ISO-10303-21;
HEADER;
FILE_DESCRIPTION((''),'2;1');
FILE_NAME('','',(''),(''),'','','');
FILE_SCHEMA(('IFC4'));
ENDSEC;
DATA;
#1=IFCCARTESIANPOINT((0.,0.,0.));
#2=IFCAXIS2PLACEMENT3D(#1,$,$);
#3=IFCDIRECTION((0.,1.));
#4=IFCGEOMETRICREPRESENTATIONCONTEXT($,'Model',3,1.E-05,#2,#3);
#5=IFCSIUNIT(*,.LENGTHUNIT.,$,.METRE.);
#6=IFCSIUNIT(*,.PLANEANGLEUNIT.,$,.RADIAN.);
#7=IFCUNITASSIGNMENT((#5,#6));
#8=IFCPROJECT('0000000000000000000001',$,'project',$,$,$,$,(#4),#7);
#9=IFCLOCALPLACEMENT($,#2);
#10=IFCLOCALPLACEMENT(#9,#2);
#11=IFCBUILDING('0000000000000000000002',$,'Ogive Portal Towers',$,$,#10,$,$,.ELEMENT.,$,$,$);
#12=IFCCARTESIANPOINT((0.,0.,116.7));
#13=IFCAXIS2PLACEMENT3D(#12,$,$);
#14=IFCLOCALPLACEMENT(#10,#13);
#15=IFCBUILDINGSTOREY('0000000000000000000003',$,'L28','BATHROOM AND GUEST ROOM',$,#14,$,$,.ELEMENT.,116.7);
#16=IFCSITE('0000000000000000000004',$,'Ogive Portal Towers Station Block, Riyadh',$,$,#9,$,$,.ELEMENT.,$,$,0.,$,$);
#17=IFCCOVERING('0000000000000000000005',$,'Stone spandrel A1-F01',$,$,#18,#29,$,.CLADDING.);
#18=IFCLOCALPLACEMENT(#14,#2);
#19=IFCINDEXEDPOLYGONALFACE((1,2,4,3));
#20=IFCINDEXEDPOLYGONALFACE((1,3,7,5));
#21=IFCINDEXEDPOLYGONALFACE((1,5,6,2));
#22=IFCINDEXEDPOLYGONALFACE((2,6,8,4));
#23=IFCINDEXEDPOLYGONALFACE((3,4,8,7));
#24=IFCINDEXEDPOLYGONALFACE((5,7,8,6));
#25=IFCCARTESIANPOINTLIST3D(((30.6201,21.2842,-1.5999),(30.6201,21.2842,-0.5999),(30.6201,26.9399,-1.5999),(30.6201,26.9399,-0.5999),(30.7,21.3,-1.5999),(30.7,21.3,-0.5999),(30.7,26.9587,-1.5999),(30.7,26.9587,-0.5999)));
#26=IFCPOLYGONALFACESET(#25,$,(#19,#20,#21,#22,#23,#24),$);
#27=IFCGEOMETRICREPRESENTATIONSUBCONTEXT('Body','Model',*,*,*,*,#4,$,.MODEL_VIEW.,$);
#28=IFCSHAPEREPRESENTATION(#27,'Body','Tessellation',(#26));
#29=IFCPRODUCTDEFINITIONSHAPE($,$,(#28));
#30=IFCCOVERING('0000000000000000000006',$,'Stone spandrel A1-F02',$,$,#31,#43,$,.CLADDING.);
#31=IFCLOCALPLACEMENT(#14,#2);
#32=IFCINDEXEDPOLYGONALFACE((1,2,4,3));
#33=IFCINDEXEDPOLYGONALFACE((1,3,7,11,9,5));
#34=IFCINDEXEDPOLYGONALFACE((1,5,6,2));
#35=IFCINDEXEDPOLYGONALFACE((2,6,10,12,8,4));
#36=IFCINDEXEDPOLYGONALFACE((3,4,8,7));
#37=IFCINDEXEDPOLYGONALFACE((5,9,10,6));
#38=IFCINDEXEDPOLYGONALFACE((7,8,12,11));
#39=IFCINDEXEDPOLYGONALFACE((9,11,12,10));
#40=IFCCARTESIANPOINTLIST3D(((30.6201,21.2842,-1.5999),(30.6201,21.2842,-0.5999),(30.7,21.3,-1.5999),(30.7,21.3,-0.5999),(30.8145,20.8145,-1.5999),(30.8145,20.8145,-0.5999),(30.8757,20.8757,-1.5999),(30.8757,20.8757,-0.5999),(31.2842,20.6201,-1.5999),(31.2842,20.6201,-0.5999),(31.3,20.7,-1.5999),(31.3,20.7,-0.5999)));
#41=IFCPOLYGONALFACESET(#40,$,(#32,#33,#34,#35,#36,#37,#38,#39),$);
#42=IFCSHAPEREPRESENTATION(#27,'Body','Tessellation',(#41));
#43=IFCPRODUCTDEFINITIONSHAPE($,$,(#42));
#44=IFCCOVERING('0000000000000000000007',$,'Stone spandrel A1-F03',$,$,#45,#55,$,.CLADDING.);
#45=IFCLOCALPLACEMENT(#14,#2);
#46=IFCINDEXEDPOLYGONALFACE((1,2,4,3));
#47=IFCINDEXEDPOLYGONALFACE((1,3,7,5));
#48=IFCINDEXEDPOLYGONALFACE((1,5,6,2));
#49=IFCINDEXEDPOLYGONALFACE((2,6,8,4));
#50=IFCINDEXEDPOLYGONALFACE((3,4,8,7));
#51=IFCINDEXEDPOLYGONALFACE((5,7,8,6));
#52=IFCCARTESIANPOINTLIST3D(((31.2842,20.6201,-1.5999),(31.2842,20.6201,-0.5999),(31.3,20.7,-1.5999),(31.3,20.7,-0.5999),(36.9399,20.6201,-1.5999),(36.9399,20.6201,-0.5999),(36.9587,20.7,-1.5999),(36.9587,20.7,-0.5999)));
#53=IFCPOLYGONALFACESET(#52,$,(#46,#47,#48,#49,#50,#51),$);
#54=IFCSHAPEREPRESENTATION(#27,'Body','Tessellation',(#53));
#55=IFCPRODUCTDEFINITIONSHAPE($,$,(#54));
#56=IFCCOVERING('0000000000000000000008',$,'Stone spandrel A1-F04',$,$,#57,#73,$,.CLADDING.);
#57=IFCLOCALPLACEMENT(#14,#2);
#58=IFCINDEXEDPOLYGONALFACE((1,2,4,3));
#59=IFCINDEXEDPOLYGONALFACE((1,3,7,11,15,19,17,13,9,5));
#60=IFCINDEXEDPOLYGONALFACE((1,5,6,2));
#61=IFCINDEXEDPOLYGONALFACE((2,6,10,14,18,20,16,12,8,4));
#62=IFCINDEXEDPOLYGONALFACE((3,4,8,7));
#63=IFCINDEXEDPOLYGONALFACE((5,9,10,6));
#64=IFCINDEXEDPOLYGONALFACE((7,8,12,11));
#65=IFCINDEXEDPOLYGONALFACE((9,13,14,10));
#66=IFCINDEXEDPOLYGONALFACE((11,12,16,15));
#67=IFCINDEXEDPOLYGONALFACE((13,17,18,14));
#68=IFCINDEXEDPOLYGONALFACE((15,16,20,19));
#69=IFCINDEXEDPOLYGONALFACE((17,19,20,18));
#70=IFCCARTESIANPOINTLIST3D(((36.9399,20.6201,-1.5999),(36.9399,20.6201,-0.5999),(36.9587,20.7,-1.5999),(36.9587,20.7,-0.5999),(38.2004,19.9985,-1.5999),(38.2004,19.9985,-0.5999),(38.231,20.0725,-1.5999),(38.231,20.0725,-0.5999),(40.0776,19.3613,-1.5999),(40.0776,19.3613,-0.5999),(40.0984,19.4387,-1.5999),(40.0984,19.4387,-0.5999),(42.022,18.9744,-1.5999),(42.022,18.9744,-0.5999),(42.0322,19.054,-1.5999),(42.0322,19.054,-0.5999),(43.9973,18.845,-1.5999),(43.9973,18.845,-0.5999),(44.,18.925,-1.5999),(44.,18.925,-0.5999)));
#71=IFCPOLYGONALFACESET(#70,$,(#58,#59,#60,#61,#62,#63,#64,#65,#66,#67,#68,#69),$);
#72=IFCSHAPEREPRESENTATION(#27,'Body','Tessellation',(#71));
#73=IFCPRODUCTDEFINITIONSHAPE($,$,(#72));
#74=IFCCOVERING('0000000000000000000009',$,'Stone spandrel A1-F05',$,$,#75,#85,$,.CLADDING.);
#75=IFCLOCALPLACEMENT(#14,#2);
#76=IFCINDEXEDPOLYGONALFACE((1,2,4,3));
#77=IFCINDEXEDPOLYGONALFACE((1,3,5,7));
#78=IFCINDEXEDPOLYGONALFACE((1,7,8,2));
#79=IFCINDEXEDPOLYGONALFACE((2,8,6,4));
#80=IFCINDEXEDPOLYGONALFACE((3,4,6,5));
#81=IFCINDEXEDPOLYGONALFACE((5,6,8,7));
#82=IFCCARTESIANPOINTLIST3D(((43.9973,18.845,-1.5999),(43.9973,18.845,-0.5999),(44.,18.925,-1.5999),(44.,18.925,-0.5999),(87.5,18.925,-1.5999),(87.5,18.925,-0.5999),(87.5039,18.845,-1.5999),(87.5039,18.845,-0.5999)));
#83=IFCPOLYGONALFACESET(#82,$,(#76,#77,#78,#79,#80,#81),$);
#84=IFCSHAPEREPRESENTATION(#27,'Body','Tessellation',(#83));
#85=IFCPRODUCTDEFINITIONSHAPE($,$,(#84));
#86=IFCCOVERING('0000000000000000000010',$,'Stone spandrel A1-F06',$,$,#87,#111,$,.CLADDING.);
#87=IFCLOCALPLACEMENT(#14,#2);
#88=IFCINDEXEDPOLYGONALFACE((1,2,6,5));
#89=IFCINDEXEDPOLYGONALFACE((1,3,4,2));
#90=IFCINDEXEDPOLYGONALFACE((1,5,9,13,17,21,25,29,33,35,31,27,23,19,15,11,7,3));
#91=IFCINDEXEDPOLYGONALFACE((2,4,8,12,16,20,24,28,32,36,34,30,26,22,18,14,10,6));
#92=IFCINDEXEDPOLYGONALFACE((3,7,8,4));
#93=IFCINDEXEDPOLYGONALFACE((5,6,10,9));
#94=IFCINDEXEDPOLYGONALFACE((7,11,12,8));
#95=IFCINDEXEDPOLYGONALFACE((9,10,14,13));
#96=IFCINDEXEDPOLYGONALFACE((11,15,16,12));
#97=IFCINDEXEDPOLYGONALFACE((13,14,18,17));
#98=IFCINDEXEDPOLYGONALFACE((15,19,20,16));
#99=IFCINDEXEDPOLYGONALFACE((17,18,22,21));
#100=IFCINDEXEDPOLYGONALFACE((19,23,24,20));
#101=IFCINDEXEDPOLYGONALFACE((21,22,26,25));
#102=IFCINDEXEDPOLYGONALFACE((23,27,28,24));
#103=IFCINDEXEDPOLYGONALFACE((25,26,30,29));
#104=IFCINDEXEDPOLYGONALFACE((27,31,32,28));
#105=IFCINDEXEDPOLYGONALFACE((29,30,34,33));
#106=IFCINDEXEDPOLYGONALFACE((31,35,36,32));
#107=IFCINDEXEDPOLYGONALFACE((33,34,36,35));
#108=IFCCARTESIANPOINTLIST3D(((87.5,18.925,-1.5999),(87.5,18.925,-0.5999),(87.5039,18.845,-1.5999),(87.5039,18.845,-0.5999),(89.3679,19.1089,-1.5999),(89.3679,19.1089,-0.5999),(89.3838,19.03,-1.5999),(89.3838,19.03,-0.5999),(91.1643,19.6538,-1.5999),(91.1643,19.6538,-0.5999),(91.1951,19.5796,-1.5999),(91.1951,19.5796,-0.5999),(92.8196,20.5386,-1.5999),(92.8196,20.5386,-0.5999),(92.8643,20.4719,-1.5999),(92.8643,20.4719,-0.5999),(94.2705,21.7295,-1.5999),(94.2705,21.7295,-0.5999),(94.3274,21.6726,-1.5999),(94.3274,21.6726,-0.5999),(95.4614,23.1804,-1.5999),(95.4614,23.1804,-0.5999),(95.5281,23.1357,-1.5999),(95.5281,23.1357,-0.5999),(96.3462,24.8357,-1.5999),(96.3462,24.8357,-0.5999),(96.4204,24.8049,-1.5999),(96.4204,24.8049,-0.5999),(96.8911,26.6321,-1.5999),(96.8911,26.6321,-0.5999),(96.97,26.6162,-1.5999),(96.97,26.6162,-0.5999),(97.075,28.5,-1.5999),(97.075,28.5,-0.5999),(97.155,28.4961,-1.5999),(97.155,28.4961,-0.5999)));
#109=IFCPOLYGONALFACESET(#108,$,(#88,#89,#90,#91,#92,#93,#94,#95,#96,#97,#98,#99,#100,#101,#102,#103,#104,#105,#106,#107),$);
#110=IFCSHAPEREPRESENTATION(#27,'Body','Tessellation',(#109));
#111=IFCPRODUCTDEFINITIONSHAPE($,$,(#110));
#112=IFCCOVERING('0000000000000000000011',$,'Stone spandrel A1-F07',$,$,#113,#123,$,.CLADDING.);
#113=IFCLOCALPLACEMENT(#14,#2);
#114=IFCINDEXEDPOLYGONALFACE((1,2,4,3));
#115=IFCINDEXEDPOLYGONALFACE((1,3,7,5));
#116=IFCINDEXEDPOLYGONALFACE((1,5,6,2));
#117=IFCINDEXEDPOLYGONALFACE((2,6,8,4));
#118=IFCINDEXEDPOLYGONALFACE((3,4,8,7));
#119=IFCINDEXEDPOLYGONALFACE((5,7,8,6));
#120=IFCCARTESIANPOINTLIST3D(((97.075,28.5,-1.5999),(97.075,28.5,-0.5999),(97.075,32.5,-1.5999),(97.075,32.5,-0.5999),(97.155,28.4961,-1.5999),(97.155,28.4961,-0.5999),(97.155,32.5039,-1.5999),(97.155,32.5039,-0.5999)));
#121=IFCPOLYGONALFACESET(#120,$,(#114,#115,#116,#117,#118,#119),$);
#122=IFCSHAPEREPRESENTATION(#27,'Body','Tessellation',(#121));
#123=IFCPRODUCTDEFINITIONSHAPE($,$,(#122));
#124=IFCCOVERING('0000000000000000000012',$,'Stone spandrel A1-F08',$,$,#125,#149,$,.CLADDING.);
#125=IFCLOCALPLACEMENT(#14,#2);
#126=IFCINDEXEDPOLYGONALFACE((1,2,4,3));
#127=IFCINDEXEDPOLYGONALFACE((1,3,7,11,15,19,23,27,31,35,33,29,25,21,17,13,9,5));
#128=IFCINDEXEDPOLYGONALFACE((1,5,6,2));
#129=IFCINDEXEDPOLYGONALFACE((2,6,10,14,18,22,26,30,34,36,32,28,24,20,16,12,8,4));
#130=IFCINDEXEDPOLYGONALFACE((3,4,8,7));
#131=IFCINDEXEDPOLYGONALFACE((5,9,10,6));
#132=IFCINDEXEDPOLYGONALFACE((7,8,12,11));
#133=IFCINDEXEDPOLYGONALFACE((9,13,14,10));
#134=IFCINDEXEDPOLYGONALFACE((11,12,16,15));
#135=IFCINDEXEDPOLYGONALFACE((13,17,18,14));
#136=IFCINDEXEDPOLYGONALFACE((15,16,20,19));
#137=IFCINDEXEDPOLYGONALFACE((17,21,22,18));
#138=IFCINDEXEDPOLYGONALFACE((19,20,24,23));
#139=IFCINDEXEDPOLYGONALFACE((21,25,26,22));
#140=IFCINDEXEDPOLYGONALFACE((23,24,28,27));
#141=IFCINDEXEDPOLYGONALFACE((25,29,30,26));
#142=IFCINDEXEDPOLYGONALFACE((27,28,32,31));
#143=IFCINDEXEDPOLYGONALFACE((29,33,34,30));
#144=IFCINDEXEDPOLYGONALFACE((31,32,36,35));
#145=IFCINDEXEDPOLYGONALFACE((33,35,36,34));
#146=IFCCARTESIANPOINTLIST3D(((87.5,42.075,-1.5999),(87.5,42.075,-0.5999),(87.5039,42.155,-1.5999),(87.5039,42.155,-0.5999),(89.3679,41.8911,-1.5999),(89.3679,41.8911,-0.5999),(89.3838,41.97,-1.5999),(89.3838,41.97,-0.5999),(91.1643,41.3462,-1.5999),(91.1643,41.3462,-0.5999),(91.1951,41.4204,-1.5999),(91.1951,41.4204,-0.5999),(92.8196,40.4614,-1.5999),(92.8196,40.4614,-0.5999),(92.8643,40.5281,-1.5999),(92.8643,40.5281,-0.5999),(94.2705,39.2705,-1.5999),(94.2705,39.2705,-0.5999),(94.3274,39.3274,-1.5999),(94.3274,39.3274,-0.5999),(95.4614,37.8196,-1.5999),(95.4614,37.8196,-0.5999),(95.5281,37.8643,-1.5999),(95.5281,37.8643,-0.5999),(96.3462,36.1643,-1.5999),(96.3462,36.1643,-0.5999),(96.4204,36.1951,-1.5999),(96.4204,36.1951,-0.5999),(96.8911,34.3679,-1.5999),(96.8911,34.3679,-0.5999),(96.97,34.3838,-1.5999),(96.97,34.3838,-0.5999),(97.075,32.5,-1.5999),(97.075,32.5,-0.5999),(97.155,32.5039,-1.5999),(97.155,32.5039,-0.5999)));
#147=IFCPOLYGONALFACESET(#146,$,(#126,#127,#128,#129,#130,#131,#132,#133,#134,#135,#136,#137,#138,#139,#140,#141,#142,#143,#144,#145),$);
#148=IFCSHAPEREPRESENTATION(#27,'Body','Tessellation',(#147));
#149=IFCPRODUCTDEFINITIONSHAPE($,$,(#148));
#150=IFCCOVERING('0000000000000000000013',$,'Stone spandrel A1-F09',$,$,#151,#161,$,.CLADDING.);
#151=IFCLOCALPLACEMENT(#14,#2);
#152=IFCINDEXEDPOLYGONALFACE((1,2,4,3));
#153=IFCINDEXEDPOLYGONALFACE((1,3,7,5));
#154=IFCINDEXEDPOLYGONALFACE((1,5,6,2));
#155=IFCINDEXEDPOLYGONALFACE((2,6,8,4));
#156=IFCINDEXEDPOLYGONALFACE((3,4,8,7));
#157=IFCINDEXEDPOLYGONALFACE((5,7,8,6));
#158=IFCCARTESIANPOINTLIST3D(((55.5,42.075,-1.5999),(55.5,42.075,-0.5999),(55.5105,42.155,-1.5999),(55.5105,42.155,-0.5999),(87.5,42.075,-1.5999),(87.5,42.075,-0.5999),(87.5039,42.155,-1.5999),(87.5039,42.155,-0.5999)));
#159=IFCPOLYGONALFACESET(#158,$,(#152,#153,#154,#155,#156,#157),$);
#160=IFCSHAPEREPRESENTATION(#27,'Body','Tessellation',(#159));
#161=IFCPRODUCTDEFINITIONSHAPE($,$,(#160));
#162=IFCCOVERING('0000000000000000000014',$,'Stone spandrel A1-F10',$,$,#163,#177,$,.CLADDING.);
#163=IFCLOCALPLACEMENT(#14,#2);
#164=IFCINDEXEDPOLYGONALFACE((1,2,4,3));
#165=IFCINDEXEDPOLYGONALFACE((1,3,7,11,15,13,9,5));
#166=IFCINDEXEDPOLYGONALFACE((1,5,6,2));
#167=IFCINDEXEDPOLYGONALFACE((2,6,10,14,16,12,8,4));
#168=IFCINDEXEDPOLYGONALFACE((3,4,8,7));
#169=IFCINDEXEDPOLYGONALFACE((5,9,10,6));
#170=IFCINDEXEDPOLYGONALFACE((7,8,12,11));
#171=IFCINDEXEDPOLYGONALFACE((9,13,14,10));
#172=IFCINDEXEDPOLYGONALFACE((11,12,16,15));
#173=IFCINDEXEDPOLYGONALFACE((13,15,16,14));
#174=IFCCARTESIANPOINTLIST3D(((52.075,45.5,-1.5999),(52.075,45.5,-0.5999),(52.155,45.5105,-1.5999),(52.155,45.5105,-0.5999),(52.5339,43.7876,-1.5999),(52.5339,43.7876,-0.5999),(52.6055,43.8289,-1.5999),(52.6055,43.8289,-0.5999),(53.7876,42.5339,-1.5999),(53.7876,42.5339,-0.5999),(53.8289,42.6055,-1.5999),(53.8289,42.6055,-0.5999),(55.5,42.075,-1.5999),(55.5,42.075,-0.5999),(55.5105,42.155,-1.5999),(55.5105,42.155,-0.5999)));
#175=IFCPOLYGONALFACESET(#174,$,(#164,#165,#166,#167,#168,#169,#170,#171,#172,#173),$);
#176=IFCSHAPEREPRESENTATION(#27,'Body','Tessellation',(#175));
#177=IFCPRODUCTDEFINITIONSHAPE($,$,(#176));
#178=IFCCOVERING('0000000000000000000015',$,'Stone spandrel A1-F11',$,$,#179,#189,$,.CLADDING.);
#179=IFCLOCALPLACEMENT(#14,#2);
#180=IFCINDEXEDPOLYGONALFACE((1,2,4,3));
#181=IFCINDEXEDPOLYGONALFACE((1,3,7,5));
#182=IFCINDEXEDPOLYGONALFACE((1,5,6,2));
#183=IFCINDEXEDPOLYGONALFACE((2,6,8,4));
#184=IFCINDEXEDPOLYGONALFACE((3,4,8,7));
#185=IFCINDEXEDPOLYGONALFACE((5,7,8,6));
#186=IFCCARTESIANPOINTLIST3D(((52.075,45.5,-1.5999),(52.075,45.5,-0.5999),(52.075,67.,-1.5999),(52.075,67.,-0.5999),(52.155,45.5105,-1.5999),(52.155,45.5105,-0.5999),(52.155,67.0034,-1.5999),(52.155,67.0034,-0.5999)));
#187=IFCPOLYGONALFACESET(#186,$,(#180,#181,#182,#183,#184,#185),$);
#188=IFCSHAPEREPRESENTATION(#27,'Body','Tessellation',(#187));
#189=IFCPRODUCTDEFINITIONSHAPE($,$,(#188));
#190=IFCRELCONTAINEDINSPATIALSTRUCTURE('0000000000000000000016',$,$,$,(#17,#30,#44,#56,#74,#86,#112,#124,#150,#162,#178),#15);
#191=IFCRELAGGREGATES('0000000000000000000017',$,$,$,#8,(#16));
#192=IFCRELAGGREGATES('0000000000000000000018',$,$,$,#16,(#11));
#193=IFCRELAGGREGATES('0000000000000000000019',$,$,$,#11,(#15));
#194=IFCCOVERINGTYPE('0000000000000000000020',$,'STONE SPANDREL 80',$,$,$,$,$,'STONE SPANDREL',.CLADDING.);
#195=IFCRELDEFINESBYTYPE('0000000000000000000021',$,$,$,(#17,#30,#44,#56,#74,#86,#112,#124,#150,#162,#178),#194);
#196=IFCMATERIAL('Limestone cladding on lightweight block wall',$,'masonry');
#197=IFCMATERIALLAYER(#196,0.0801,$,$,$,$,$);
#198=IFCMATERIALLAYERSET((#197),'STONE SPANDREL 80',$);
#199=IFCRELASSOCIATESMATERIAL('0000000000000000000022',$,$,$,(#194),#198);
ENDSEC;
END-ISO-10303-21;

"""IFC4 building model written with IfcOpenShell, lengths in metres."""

from ifc_helpers import new_model, si_unit, direction, frame, origin, place, context, subcontext, project, spatial, polyline, outline, extrude, material, layer, layer_set, type_object, element, save


model = new_model("IFC4")

# Units and contexts
model_context = context("Model", 3, precision=1e-05, world=origin(), true_north=direction((0.0, 1.0)))
body_context = subcontext(model_context, "Body", "Model", "MODEL_VIEW")
ifc_project = project(units=[si_unit("LENGTHUNIT", "METRE"), si_unit("PLANEANGLEUNIT", "RADIAN")], contexts=[model_context])

# Site, building, storey
site_placement = place(None, origin())
site = spatial("IfcSite", under=ifc_project, at=site_placement, Name="Ogive Portal Towers Station Block, Riyadh", CompositionType="ELEMENT", RefElevation=0.0)
building_placement = place(site_placement, origin())
building = spatial("IfcBuilding", under=site, at=building_placement, Name="Ogive Portal Towers", CompositionType="ELEMENT")
storey_placement = place(building_placement, frame((0.0, 0.0, 116.7)))
storey = spatial("IfcBuildingStorey", under=building, at=storey_placement, Name="L28", Description="BATHROOM AND GUEST ROOM", CompositionType="ELEMENT", Elevation=116.7)

# Shared definitions
ifc_material_1 = material(Name="Limestone cladding on lightweight block wall", Category="masonry")

# Coverings
ifc_layer_1 = layer(ifc_material_1, 0.0801)
ifc_layer_set_1 = layer_set([ifc_layer_1], Name="STONE SPANDREL 80")
covering_type_1 = type_object("IfcCoveringType", Name="STONE SPANDREL 80", ElementType="STONE SPANDREL", PredefinedType="CLADDING", material=ifc_layer_set_1)
covering_1_placement = place(storey_placement, frame((0.0, 0.0, -1.5999)))
element("IfcCovering", 1, at=covering_1_placement, inside=storey, type_object=covering_type_1, Name="Stone spandrel A1-F01", PredefinedType="CLADDING", context=body_context, shape_type="SweptSolid", body=[
    extrude(outline(polyline([(30.7, 26.9587), (30.7, 21.3), (30.6201, 21.2842), (30.6201, 26.9399), (30.7, 26.9587)])), origin(), (0.0, 0.0, 1.0), 1.0),
])
covering_2_placement = place(storey_placement, frame((0.0, 0.0, -1.5999)))
element("IfcCovering", 2, at=covering_2_placement, inside=storey, type_object=covering_type_1, Name="Stone spandrel A1-F02", PredefinedType="CLADDING", context=body_context, shape_type="SweptSolid", body=[
    extrude(outline(polyline([(30.7, 21.3), (30.8757, 20.8757), (31.3, 20.7), (31.2842, 20.6201), (30.8145, 20.8145), (30.6201, 21.2842), (30.7, 21.3)])), origin(), (0.0, 0.0, 1.0), 1.0),
])
covering_3_placement = place(storey_placement, frame((0.0, 0.0, -1.5999)))
element("IfcCovering", 3, at=covering_3_placement, inside=storey, type_object=covering_type_1, Name="Stone spandrel A1-F03", PredefinedType="CLADDING", context=body_context, shape_type="SweptSolid", body=[
    extrude(outline(polyline([(31.3, 20.7), (36.9587, 20.7), (36.9399, 20.6201), (31.2842, 20.6201), (31.3, 20.7)])), origin(), (0.0, 0.0, 1.0), 1.0),
])
covering_4_placement = place(storey_placement, frame((0.0, 0.0, -1.5999)))
element("IfcCovering", 4, at=covering_4_placement, inside=storey, type_object=covering_type_1, Name="Stone spandrel A1-F04", PredefinedType="CLADDING", context=body_context, shape_type="SweptSolid", body=[
    extrude(outline(polyline([(36.9587, 20.7), (38.231, 20.0725), (40.0984, 19.4387), (42.0322, 19.054), (44.0, 18.925), (43.9973, 18.845), (42.022, 18.9744), (40.0776, 19.3613), (38.2004, 19.9985), (36.9399, 20.6201), (36.9587, 20.7)])), origin(), (0.0, 0.0, 1.0), 1.0),
])
covering_5_placement = place(storey_placement, frame((0.0, 0.0, -1.5999)))
element("IfcCovering", 5, at=covering_5_placement, inside=storey, type_object=covering_type_1, Name="Stone spandrel A1-F05", PredefinedType="CLADDING", context=body_context, shape_type="SweptSolid", body=[
    extrude(outline(polyline([(44.0, 18.925), (87.5, 18.925), (87.5039, 18.845), (43.9973, 18.845), (44.0, 18.925)])), origin(), (0.0, 0.0, 1.0), 1.0),
])
covering_6_placement = place(storey_placement, frame((0.0, 0.0, -1.5999)))
element("IfcCovering", 6, at=covering_6_placement, inside=storey, type_object=covering_type_1, Name="Stone spandrel A1-F06", PredefinedType="CLADDING", context=body_context, shape_type="SweptSolid", body=[
    extrude(outline(polyline([(87.5, 18.925), (89.3679, 19.1089), (91.1643, 19.6538), (92.8196, 20.5386), (94.2705, 21.7295), (95.4614, 23.1804), (96.3462, 24.8357), (96.8911, 26.6321), (97.075, 28.5), (97.155, 28.4961), (96.97, 26.6162), (96.4204, 24.8049), (95.5281, 23.1357), (94.3274, 21.6726), (92.8643, 20.4719), (91.1951, 19.5796), (89.3838, 19.03), (87.5039, 18.845), (87.5, 18.925)])), origin(), (0.0, 0.0, 1.0), 1.0),
])
covering_7_placement = place(storey_placement, frame((0.0, 0.0, -1.5999)))
element("IfcCovering", 7, at=covering_7_placement, inside=storey, type_object=covering_type_1, Name="Stone spandrel A1-F07", PredefinedType="CLADDING", context=body_context, shape_type="SweptSolid", body=[
    extrude(outline(polyline([(97.075, 28.5), (97.075, 32.5), (97.155, 32.5039), (97.155, 28.4961), (97.075, 28.5)])), origin(), (0.0, 0.0, 1.0), 1.0),
])
covering_8_placement = place(storey_placement, frame((0.0, 0.0, -1.5999)))
element("IfcCovering", 8, at=covering_8_placement, inside=storey, type_object=covering_type_1, Name="Stone spandrel A1-F08", PredefinedType="CLADDING", context=body_context, shape_type="SweptSolid", body=[
    extrude(outline(polyline([(97.075, 32.5), (96.8911, 34.3679), (96.3462, 36.1643), (95.4614, 37.8196), (94.2705, 39.2705), (92.8196, 40.4614), (91.1643, 41.3462), (89.3679, 41.8911), (87.5, 42.075), (87.5039, 42.155), (89.3838, 41.97), (91.1951, 41.4204), (92.8643, 40.5281), (94.3274, 39.3274), (95.5281, 37.8643), (96.4204, 36.1951), (96.97, 34.3838), (97.155, 32.5039), (97.075, 32.5)])), origin(), (0.0, 0.0, 1.0), 1.0),
])
covering_9_placement = place(storey_placement, frame((0.0, 0.0, -1.5999)))
element("IfcCovering", 9, at=covering_9_placement, inside=storey, type_object=covering_type_1, Name="Stone spandrel A1-F09", PredefinedType="CLADDING", context=body_context, shape_type="SweptSolid", body=[
    extrude(outline(polyline([(87.5, 42.075), (55.5, 42.075), (55.5105, 42.155), (87.5039, 42.155), (87.5, 42.075)])), origin(), (0.0, 0.0, 1.0), 1.0),
])
covering_10_placement = place(storey_placement, frame((0.0, 0.0, -1.5999)))
element("IfcCovering", 10, at=covering_10_placement, inside=storey, type_object=covering_type_1, Name="Stone spandrel A1-F10", PredefinedType="CLADDING", context=body_context, shape_type="SweptSolid", body=[
    extrude(outline(polyline([(55.5, 42.075), (53.7876, 42.5339), (52.5339, 43.7876), (52.075, 45.5), (52.155, 45.5105), (52.6055, 43.8289), (53.8289, 42.6055), (55.5105, 42.155), (55.5, 42.075)])), origin(), (0.0, 0.0, 1.0), 1.0),
])
covering_11_placement = place(storey_placement, frame((0.0, 0.0, -1.5999)))
element("IfcCovering", 11, at=covering_11_placement, inside=storey, type_object=covering_type_1, Name="Stone spandrel A1-F11", PredefinedType="CLADDING", context=body_context, shape_type="SweptSolid", body=[
    extrude(outline(polyline([(52.075, 45.5), (52.075, 67.0), (52.155, 67.0034), (52.155, 45.5105), (52.075, 45.5)])), origin(), (0.0, 0.0, 1.0), 1.0),
])

save(model, "model.ifc")
